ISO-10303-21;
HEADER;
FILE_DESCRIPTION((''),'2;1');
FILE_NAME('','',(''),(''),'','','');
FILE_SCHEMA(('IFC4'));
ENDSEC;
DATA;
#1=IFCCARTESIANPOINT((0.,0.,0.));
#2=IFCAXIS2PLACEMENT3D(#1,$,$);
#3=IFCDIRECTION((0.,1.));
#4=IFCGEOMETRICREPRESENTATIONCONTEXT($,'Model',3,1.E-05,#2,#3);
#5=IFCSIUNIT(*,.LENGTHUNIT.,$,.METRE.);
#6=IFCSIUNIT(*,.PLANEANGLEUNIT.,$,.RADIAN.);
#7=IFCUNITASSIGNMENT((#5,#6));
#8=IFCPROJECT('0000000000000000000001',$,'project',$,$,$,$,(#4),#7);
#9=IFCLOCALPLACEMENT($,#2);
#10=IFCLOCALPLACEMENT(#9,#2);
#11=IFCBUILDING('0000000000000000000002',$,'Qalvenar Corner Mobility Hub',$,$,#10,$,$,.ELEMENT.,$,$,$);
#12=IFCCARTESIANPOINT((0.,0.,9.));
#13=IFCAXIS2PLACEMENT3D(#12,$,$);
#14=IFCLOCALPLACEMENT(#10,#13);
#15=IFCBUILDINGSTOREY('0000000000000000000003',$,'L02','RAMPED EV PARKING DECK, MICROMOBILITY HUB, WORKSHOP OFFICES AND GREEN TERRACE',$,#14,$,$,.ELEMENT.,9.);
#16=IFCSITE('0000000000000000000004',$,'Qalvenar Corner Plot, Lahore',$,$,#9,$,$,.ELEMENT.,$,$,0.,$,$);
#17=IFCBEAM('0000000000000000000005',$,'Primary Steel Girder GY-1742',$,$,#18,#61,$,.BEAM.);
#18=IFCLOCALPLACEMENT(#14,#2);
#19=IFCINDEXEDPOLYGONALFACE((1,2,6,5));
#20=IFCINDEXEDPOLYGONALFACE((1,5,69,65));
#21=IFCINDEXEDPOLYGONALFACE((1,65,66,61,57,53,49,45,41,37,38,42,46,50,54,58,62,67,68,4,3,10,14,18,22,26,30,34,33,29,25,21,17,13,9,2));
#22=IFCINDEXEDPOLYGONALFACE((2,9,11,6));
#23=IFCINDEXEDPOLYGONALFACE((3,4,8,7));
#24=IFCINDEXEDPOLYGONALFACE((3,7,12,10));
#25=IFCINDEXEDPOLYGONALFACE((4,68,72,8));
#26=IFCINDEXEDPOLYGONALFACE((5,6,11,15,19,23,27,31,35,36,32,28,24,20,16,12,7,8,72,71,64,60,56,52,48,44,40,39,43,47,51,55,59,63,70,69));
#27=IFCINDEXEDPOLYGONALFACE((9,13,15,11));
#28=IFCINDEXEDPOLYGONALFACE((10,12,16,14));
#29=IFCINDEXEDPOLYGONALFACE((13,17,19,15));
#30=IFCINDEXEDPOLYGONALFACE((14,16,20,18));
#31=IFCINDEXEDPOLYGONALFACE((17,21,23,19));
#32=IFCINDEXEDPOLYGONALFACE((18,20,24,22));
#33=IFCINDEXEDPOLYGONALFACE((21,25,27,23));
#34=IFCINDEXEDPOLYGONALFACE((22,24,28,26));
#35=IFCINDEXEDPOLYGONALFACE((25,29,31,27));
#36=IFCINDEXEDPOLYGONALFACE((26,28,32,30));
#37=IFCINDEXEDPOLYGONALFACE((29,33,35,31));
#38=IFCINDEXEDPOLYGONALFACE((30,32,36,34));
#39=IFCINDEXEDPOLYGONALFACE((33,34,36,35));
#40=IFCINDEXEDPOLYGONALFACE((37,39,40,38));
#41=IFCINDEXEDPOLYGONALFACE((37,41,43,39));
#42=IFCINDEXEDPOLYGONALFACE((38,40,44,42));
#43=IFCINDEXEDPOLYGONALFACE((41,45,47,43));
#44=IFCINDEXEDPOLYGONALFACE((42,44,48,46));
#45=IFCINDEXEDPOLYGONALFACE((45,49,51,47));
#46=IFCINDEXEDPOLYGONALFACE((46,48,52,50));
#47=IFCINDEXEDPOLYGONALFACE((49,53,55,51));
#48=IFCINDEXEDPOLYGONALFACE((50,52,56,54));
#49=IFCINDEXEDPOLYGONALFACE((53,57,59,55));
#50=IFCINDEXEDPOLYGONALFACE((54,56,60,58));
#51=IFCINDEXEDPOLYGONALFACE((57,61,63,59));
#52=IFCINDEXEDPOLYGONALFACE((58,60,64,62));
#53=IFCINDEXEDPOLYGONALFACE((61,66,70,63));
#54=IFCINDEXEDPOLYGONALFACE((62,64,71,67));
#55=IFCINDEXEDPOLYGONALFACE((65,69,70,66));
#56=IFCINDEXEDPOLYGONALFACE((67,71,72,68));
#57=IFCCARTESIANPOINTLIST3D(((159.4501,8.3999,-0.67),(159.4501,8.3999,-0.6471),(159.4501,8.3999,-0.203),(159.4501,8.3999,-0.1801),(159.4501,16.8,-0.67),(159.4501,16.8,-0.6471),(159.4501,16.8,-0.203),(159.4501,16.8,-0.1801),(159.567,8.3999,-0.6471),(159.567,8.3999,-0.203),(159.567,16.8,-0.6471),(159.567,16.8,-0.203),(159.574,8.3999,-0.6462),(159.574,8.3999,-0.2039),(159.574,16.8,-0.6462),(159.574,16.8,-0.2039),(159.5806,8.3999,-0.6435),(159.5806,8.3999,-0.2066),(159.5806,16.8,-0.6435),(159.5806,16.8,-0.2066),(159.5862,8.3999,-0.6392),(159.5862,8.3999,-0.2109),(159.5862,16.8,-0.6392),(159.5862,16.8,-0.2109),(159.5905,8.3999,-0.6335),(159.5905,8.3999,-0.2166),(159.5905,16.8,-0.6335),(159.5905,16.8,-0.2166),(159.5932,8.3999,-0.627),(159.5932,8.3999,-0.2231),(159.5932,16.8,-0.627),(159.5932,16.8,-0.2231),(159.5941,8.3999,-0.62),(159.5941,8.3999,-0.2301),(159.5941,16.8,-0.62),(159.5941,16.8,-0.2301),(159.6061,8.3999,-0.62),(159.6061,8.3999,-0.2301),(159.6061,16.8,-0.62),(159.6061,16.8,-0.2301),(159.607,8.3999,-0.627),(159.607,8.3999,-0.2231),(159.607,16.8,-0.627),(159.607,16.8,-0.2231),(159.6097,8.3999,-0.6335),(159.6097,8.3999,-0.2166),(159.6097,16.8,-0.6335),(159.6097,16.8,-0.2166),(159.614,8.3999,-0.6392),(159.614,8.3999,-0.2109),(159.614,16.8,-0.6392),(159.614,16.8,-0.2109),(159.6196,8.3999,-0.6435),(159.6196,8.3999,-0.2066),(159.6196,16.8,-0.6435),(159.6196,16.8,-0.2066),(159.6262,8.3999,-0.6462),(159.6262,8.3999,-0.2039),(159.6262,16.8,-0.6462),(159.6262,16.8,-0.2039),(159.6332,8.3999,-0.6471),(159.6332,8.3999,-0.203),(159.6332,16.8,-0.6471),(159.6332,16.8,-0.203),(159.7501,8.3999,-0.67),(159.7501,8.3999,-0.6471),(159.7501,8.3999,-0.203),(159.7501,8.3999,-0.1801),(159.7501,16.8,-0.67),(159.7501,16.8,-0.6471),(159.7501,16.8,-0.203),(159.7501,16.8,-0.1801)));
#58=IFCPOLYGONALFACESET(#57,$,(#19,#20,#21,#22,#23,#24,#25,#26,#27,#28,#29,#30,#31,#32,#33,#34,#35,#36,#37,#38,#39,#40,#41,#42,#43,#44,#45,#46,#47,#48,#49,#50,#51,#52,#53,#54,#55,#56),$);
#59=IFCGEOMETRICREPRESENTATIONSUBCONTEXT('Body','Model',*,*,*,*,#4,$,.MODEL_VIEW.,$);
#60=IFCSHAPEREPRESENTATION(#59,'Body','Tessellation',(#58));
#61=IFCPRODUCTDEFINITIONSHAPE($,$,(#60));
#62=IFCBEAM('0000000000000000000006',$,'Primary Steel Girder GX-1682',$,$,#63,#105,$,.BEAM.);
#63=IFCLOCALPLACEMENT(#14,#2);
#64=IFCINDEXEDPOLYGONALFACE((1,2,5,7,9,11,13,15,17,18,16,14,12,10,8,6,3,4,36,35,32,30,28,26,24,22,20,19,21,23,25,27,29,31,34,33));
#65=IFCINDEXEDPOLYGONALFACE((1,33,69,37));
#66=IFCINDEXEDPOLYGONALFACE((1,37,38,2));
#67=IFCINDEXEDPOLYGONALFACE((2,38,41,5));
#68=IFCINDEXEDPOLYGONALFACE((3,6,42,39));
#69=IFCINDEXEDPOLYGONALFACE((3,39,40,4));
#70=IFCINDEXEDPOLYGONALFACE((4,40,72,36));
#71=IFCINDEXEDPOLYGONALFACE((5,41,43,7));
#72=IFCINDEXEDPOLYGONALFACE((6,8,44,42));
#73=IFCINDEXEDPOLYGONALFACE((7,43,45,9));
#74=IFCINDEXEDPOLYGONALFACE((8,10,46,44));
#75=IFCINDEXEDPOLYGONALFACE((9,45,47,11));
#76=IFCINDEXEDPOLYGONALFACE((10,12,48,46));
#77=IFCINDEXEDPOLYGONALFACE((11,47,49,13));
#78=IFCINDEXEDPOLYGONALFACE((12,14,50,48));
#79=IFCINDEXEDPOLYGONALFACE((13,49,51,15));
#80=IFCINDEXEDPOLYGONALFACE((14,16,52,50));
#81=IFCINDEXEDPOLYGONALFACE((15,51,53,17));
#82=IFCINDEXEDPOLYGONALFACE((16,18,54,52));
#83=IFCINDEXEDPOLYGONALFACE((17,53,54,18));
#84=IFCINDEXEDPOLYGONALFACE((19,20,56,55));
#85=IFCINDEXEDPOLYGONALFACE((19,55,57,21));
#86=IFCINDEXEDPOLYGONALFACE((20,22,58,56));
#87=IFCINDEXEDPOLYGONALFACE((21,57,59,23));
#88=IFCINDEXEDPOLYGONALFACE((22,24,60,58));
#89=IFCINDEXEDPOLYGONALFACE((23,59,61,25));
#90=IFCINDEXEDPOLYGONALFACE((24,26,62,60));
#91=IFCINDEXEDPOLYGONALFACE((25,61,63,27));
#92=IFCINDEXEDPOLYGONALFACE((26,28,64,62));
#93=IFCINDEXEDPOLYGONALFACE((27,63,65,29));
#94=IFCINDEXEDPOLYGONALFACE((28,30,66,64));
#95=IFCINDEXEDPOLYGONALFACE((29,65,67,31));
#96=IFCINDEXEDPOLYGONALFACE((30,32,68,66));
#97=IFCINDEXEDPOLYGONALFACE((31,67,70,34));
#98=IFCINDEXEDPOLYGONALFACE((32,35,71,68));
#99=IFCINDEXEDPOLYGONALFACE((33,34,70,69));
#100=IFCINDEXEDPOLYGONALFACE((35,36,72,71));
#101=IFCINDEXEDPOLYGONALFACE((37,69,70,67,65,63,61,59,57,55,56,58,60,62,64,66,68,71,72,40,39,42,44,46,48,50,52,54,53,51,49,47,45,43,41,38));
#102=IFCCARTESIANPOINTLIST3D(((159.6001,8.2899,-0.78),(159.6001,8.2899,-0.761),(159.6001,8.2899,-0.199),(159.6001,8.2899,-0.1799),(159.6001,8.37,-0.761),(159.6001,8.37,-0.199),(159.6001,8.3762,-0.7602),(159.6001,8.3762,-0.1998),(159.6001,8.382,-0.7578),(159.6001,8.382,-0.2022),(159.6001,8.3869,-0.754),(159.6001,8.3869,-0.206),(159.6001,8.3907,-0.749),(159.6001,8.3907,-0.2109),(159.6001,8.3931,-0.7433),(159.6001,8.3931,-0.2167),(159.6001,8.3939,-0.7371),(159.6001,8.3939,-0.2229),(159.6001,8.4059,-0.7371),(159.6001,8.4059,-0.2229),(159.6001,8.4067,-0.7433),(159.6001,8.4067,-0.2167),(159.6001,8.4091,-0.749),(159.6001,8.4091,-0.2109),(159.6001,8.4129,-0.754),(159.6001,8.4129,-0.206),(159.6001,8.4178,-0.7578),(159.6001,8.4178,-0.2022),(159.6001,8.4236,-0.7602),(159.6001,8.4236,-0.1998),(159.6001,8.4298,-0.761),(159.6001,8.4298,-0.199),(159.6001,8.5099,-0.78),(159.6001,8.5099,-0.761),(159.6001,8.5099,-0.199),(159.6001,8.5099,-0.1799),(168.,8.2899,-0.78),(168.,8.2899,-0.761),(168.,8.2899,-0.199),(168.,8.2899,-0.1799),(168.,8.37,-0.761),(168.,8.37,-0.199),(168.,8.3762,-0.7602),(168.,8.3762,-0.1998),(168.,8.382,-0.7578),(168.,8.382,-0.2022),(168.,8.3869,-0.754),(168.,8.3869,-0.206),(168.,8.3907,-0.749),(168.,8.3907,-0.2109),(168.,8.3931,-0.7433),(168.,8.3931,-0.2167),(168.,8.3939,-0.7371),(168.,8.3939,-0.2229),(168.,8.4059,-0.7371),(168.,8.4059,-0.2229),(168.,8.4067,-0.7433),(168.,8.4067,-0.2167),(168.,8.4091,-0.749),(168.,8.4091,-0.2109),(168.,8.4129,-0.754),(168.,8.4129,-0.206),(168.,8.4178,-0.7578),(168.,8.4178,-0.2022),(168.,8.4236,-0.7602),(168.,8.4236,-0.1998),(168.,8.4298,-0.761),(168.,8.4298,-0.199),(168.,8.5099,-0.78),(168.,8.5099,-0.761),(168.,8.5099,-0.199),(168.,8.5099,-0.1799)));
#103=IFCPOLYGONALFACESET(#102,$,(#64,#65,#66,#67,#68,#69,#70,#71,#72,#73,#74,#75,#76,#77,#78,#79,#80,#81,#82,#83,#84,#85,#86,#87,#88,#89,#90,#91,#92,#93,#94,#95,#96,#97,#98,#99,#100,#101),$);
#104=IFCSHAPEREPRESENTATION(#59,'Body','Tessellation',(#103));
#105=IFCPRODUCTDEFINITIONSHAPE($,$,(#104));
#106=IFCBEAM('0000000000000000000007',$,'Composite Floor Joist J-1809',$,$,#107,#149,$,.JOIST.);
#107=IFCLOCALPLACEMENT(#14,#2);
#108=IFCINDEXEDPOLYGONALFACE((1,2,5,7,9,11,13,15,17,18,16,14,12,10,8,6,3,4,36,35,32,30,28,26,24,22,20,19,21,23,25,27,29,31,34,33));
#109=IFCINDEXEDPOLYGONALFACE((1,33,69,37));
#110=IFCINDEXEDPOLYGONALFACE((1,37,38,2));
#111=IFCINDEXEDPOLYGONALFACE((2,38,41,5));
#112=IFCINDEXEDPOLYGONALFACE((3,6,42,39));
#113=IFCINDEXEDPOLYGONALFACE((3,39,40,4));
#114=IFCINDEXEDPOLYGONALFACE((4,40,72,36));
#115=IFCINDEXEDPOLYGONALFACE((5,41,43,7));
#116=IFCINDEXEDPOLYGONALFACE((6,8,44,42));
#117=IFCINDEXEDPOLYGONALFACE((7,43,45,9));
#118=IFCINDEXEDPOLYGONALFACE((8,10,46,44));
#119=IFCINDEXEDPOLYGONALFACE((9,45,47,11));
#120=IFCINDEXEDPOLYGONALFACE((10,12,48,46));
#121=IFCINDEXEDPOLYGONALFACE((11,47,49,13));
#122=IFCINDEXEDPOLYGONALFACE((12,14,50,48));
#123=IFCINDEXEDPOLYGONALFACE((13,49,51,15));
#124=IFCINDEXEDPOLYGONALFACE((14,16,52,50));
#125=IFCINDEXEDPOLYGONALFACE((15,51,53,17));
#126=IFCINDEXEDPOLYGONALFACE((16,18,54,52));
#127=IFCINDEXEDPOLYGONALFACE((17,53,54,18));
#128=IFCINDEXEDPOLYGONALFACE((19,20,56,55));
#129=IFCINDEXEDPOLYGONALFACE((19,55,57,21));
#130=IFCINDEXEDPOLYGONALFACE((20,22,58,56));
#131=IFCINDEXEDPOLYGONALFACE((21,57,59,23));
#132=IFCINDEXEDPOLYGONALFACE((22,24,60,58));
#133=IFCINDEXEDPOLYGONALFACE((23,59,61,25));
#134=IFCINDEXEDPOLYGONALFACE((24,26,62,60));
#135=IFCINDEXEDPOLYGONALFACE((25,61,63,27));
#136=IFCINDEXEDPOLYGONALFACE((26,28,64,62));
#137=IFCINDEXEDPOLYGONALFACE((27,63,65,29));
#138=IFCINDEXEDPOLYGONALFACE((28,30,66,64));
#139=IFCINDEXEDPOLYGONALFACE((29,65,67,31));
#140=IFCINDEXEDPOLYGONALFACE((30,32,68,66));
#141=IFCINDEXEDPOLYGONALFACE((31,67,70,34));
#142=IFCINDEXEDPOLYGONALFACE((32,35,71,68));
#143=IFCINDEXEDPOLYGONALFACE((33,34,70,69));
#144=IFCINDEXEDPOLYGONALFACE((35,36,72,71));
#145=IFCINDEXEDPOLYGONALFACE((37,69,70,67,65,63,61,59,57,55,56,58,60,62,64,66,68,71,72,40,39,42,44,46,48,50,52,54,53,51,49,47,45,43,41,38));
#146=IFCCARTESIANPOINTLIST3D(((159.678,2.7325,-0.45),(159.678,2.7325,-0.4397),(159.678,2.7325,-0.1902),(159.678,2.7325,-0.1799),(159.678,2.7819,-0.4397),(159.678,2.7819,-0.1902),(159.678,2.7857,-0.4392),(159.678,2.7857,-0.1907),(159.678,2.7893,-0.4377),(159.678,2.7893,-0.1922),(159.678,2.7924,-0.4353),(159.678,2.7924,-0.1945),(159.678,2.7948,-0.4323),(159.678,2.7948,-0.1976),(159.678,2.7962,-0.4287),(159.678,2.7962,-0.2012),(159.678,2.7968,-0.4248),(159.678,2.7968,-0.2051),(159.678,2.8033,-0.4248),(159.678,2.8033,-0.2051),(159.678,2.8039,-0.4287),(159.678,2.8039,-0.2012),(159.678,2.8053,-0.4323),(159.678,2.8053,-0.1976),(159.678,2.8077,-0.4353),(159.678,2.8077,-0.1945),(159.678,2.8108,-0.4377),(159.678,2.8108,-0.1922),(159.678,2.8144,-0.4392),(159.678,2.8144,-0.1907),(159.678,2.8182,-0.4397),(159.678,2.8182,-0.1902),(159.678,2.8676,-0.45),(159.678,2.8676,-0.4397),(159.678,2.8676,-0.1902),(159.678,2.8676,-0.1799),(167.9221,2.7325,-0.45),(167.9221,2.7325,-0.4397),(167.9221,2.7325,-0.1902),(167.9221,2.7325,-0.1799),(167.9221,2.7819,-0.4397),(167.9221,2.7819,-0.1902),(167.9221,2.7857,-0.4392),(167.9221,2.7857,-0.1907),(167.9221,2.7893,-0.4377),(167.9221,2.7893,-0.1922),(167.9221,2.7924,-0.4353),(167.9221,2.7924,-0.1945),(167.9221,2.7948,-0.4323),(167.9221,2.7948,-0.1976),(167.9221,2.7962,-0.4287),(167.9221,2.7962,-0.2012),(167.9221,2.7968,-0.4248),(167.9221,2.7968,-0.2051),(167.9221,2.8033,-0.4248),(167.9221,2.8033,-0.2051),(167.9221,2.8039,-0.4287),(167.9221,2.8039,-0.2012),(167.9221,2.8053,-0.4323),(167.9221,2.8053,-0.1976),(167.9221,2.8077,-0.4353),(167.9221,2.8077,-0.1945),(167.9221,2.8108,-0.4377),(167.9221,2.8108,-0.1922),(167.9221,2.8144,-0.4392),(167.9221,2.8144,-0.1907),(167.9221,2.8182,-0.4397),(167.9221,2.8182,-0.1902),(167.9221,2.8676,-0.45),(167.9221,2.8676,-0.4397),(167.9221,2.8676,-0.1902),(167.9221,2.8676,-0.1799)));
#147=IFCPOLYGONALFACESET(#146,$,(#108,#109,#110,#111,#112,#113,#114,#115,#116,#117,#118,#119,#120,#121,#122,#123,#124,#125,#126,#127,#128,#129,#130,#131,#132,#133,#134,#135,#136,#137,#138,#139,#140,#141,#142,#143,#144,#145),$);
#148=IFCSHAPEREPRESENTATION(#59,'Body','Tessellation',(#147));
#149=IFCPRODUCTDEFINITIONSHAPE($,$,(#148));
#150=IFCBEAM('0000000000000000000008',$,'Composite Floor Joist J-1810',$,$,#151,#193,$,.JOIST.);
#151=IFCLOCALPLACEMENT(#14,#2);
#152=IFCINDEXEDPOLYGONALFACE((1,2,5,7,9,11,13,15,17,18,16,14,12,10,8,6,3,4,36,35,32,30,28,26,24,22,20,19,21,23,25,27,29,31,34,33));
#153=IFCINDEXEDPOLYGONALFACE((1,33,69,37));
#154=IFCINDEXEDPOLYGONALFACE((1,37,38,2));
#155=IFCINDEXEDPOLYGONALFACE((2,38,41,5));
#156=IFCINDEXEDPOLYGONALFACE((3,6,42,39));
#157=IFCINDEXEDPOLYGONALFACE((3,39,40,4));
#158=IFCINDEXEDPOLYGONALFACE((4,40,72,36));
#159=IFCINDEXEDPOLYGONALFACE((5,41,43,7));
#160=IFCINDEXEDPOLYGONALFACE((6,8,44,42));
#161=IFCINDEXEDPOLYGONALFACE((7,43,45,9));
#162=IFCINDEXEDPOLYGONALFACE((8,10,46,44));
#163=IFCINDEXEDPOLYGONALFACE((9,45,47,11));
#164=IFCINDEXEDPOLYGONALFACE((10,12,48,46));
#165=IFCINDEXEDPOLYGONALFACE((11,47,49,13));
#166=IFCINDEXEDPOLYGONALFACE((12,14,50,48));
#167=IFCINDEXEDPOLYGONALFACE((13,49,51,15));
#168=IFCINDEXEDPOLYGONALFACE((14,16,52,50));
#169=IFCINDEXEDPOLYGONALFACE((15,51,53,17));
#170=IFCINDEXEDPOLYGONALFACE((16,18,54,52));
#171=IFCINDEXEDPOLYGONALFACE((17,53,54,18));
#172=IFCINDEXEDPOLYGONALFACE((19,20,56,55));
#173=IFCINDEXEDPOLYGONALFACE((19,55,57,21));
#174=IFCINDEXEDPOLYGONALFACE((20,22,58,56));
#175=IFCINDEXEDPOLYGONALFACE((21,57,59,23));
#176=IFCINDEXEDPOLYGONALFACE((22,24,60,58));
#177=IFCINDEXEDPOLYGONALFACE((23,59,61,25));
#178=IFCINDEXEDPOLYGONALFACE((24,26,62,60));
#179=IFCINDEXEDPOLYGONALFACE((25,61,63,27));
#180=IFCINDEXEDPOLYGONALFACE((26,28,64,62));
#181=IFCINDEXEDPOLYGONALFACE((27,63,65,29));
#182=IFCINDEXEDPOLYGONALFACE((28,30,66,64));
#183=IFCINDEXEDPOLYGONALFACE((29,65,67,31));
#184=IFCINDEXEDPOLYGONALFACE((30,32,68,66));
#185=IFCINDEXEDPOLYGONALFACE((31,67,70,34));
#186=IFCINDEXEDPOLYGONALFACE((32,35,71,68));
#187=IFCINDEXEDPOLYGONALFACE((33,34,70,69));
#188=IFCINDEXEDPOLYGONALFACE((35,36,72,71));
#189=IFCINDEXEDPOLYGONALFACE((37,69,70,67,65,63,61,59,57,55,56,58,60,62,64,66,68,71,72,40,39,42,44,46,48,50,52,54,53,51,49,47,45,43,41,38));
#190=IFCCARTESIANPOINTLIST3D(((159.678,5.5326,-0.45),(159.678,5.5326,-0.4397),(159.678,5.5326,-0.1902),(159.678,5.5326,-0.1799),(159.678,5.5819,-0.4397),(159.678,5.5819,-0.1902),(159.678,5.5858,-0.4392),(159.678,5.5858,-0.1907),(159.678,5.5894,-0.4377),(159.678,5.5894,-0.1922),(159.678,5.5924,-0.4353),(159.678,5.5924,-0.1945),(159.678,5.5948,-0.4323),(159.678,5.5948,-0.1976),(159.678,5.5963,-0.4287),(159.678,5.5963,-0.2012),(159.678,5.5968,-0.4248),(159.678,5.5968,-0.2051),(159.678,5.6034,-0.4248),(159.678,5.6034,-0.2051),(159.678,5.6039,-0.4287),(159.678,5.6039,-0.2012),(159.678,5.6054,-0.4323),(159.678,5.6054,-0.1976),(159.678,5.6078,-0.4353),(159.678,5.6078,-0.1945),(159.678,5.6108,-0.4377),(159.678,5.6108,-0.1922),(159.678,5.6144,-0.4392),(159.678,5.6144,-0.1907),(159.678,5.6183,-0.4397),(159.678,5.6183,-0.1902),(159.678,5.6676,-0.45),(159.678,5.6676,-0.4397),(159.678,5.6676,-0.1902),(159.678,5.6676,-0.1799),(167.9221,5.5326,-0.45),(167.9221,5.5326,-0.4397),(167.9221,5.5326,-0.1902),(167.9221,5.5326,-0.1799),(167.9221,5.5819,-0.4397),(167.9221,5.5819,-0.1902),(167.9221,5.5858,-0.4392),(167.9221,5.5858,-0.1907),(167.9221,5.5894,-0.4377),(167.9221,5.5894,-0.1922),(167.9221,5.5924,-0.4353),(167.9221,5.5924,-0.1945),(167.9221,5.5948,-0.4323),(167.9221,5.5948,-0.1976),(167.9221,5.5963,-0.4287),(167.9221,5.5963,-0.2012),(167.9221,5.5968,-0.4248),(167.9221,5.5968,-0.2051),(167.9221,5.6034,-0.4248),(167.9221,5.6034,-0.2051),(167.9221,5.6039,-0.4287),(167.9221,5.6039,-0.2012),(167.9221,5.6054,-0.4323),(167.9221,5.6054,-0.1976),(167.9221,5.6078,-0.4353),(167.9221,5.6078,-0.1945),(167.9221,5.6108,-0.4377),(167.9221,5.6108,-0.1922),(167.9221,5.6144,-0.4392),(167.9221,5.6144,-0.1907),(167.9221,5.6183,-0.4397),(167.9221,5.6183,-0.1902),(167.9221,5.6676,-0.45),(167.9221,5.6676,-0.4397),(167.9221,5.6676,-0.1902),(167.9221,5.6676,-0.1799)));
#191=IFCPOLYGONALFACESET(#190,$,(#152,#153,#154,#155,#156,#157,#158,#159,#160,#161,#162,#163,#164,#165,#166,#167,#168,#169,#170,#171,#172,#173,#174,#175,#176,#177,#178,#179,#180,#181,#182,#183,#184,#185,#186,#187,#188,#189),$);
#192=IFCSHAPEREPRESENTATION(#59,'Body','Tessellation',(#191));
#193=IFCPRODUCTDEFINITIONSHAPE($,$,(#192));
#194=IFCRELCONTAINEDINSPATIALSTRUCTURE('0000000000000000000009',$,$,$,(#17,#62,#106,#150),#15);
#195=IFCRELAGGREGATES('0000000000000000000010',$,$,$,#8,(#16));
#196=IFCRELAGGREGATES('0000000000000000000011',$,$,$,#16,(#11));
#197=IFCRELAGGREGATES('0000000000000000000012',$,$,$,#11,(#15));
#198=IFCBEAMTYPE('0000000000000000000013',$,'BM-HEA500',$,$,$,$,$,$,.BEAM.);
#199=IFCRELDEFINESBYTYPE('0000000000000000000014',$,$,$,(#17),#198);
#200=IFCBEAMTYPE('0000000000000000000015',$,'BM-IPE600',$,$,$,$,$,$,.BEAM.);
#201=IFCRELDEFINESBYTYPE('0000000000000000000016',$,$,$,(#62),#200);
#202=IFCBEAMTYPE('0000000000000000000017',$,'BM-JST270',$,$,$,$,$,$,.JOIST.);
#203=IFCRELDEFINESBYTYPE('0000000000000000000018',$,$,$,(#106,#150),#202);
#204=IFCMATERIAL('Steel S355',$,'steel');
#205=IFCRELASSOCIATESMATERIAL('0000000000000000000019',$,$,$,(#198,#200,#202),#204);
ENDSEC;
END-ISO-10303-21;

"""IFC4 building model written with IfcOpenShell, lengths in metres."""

from ifc_helpers import new_model, si_unit, direction, frame, origin, origin_2d, place, context, subcontext, project, spatial, i_section, extrude, material, material_profile, profile_set, type_object, element, save


model = new_model("IFC4")

# Units and contexts
model_context = context("Model", 3, precision=1e-05, world=origin(), true_north=direction((0.0, 1.0)))
body_context = subcontext(model_context, "Body", "Model", "MODEL_VIEW")
ifc_project = project(units=[si_unit("LENGTHUNIT", "METRE"), si_unit("PLANEANGLEUNIT", "RADIAN")], contexts=[model_context])

# Site, building, storey
site_placement = place(None, origin())
site = spatial("IfcSite", under=ifc_project, at=site_placement, Name="Qalvenar Corner Plot, Lahore", CompositionType="ELEMENT", RefElevation=0.0)
building_placement = place(site_placement, origin())
building = spatial("IfcBuilding", under=site, at=building_placement, Name="Qalvenar Corner Mobility Hub", CompositionType="ELEMENT")
storey_placement = place(building_placement, frame((0.0, 0.0, 9.0)))
storey = spatial("IfcBuildingStorey", under=building, at=storey_placement, Name="L02", Description="RAMPED EV PARKING DECK, MICROMOBILITY HUB, WORKSHOP OFFICES AND GREEN TERRACE", CompositionType="ELEMENT", Elevation=9.0)

# Shared definitions
ifc_material_1 = material(Name="Steel S355", Category="steel")

# Beams
ifc_material_profile_1 = material_profile(ifc_material_1, i_section(OverallWidth=0.3, OverallDepth=0.49, WebThickness=0.012, FlangeThickness=0.0229, FilletRadius=0.0271, at=origin_2d()), Name="HEA500")
ifc_profile_set_1 = profile_set([ifc_material_profile_1], Name="Steel S355")
beam_type_1 = type_object("IfcBeamType", Name="BM-HEA500", PredefinedType="BEAM", material=ifc_profile_set_1)
beam_1_placement = place(storey_placement, frame((159.6001, 8.3999, -0.425), z_axis=(0.0, 1.0, 0.0), x_axis=(-1.0, 0.0, 0.0)))
element("IfcBeam", 1, at=beam_1_placement, inside=storey, type_object=beam_type_1, Name="Primary Steel Girder GY-1742", PredefinedType="BEAM", context=body_context, shape_type="SweptSolid", body=[
    extrude(i_section(OverallWidth=0.3, OverallDepth=0.49, WebThickness=0.012, FlangeThickness=0.0229, FilletRadius=0.0271, at=origin_2d()), origin(), (0.0, 0.0, 1.0), 8.4001),
])
ifc_material_profile_2 = material_profile(ifc_material_1, i_section(OverallWidth=0.22, OverallDepth=0.6001, WebThickness=0.012, FlangeThickness=0.019, FilletRadius=0.0239, at=origin_2d()), Name="IPE600")
ifc_profile_set_2 = profile_set([ifc_material_profile_2], Name="Steel S355")
beam_type_2 = type_object("IfcBeamType", Name="BM-IPE600", PredefinedType="BEAM", material=ifc_profile_set_2)
beam_2_placement = place(storey_placement, frame((159.6001, 8.3999, -0.48), z_axis=(1.0, 0.0, 0.0), x_axis=(0.0, 1.0, 0.0)))
element("IfcBeam", 2, at=beam_2_placement, inside=storey, type_object=beam_type_2, Name="Primary Steel Girder GX-1682", PredefinedType="BEAM", context=body_context, shape_type="SweptSolid", body=[
    extrude(i_section(OverallWidth=0.22, OverallDepth=0.6001, WebThickness=0.012, FlangeThickness=0.019, FilletRadius=0.0239, at=origin_2d()), origin(), (0.0, 0.0, 1.0), 8.3999),
])
ifc_material_profile_3 = material_profile(ifc_material_1, i_section(OverallWidth=0.135, OverallDepth=0.27, WebThickness=0.0066, FlangeThickness=0.0103, FilletRadius=0.0149, at=origin_2d()), Name="IPE270")
ifc_profile_set_3 = profile_set([ifc_material_profile_3], Name="Steel S355")
beam_type_3 = type_object("IfcBeamType", Name="BM-JST270", PredefinedType="JOIST", material=ifc_profile_set_3)
for number, where, z_axis, x_axis, name in (
    (3, (159.678, 2.8, -0.3149), (1.0, 0.0, 0.0), (0.0, 1.0, 0.0), "Composite Floor Joist J-1809"),
    (4, (159.678, 5.6001, -0.3149), (1.0, 0.0, 0.0), (0.0, 1.0, 0.0), "Composite Floor Joist J-1810"),
):
    element("IfcBeam", number, at=place(storey_placement, frame(where, z_axis=z_axis, x_axis=x_axis)), inside=storey, type_object=beam_type_3, Name=name, PredefinedType="JOIST", context=body_context, shape_type="SweptSolid", body=[
        extrude(i_section(OverallWidth=0.135, OverallDepth=0.27, WebThickness=0.0066, FlangeThickness=0.0103, FilletRadius=0.0149, at=origin_2d()), origin(), (0.0, 0.0, 1.0), 8.2441),
    ])

save(model, "model.ifc")
